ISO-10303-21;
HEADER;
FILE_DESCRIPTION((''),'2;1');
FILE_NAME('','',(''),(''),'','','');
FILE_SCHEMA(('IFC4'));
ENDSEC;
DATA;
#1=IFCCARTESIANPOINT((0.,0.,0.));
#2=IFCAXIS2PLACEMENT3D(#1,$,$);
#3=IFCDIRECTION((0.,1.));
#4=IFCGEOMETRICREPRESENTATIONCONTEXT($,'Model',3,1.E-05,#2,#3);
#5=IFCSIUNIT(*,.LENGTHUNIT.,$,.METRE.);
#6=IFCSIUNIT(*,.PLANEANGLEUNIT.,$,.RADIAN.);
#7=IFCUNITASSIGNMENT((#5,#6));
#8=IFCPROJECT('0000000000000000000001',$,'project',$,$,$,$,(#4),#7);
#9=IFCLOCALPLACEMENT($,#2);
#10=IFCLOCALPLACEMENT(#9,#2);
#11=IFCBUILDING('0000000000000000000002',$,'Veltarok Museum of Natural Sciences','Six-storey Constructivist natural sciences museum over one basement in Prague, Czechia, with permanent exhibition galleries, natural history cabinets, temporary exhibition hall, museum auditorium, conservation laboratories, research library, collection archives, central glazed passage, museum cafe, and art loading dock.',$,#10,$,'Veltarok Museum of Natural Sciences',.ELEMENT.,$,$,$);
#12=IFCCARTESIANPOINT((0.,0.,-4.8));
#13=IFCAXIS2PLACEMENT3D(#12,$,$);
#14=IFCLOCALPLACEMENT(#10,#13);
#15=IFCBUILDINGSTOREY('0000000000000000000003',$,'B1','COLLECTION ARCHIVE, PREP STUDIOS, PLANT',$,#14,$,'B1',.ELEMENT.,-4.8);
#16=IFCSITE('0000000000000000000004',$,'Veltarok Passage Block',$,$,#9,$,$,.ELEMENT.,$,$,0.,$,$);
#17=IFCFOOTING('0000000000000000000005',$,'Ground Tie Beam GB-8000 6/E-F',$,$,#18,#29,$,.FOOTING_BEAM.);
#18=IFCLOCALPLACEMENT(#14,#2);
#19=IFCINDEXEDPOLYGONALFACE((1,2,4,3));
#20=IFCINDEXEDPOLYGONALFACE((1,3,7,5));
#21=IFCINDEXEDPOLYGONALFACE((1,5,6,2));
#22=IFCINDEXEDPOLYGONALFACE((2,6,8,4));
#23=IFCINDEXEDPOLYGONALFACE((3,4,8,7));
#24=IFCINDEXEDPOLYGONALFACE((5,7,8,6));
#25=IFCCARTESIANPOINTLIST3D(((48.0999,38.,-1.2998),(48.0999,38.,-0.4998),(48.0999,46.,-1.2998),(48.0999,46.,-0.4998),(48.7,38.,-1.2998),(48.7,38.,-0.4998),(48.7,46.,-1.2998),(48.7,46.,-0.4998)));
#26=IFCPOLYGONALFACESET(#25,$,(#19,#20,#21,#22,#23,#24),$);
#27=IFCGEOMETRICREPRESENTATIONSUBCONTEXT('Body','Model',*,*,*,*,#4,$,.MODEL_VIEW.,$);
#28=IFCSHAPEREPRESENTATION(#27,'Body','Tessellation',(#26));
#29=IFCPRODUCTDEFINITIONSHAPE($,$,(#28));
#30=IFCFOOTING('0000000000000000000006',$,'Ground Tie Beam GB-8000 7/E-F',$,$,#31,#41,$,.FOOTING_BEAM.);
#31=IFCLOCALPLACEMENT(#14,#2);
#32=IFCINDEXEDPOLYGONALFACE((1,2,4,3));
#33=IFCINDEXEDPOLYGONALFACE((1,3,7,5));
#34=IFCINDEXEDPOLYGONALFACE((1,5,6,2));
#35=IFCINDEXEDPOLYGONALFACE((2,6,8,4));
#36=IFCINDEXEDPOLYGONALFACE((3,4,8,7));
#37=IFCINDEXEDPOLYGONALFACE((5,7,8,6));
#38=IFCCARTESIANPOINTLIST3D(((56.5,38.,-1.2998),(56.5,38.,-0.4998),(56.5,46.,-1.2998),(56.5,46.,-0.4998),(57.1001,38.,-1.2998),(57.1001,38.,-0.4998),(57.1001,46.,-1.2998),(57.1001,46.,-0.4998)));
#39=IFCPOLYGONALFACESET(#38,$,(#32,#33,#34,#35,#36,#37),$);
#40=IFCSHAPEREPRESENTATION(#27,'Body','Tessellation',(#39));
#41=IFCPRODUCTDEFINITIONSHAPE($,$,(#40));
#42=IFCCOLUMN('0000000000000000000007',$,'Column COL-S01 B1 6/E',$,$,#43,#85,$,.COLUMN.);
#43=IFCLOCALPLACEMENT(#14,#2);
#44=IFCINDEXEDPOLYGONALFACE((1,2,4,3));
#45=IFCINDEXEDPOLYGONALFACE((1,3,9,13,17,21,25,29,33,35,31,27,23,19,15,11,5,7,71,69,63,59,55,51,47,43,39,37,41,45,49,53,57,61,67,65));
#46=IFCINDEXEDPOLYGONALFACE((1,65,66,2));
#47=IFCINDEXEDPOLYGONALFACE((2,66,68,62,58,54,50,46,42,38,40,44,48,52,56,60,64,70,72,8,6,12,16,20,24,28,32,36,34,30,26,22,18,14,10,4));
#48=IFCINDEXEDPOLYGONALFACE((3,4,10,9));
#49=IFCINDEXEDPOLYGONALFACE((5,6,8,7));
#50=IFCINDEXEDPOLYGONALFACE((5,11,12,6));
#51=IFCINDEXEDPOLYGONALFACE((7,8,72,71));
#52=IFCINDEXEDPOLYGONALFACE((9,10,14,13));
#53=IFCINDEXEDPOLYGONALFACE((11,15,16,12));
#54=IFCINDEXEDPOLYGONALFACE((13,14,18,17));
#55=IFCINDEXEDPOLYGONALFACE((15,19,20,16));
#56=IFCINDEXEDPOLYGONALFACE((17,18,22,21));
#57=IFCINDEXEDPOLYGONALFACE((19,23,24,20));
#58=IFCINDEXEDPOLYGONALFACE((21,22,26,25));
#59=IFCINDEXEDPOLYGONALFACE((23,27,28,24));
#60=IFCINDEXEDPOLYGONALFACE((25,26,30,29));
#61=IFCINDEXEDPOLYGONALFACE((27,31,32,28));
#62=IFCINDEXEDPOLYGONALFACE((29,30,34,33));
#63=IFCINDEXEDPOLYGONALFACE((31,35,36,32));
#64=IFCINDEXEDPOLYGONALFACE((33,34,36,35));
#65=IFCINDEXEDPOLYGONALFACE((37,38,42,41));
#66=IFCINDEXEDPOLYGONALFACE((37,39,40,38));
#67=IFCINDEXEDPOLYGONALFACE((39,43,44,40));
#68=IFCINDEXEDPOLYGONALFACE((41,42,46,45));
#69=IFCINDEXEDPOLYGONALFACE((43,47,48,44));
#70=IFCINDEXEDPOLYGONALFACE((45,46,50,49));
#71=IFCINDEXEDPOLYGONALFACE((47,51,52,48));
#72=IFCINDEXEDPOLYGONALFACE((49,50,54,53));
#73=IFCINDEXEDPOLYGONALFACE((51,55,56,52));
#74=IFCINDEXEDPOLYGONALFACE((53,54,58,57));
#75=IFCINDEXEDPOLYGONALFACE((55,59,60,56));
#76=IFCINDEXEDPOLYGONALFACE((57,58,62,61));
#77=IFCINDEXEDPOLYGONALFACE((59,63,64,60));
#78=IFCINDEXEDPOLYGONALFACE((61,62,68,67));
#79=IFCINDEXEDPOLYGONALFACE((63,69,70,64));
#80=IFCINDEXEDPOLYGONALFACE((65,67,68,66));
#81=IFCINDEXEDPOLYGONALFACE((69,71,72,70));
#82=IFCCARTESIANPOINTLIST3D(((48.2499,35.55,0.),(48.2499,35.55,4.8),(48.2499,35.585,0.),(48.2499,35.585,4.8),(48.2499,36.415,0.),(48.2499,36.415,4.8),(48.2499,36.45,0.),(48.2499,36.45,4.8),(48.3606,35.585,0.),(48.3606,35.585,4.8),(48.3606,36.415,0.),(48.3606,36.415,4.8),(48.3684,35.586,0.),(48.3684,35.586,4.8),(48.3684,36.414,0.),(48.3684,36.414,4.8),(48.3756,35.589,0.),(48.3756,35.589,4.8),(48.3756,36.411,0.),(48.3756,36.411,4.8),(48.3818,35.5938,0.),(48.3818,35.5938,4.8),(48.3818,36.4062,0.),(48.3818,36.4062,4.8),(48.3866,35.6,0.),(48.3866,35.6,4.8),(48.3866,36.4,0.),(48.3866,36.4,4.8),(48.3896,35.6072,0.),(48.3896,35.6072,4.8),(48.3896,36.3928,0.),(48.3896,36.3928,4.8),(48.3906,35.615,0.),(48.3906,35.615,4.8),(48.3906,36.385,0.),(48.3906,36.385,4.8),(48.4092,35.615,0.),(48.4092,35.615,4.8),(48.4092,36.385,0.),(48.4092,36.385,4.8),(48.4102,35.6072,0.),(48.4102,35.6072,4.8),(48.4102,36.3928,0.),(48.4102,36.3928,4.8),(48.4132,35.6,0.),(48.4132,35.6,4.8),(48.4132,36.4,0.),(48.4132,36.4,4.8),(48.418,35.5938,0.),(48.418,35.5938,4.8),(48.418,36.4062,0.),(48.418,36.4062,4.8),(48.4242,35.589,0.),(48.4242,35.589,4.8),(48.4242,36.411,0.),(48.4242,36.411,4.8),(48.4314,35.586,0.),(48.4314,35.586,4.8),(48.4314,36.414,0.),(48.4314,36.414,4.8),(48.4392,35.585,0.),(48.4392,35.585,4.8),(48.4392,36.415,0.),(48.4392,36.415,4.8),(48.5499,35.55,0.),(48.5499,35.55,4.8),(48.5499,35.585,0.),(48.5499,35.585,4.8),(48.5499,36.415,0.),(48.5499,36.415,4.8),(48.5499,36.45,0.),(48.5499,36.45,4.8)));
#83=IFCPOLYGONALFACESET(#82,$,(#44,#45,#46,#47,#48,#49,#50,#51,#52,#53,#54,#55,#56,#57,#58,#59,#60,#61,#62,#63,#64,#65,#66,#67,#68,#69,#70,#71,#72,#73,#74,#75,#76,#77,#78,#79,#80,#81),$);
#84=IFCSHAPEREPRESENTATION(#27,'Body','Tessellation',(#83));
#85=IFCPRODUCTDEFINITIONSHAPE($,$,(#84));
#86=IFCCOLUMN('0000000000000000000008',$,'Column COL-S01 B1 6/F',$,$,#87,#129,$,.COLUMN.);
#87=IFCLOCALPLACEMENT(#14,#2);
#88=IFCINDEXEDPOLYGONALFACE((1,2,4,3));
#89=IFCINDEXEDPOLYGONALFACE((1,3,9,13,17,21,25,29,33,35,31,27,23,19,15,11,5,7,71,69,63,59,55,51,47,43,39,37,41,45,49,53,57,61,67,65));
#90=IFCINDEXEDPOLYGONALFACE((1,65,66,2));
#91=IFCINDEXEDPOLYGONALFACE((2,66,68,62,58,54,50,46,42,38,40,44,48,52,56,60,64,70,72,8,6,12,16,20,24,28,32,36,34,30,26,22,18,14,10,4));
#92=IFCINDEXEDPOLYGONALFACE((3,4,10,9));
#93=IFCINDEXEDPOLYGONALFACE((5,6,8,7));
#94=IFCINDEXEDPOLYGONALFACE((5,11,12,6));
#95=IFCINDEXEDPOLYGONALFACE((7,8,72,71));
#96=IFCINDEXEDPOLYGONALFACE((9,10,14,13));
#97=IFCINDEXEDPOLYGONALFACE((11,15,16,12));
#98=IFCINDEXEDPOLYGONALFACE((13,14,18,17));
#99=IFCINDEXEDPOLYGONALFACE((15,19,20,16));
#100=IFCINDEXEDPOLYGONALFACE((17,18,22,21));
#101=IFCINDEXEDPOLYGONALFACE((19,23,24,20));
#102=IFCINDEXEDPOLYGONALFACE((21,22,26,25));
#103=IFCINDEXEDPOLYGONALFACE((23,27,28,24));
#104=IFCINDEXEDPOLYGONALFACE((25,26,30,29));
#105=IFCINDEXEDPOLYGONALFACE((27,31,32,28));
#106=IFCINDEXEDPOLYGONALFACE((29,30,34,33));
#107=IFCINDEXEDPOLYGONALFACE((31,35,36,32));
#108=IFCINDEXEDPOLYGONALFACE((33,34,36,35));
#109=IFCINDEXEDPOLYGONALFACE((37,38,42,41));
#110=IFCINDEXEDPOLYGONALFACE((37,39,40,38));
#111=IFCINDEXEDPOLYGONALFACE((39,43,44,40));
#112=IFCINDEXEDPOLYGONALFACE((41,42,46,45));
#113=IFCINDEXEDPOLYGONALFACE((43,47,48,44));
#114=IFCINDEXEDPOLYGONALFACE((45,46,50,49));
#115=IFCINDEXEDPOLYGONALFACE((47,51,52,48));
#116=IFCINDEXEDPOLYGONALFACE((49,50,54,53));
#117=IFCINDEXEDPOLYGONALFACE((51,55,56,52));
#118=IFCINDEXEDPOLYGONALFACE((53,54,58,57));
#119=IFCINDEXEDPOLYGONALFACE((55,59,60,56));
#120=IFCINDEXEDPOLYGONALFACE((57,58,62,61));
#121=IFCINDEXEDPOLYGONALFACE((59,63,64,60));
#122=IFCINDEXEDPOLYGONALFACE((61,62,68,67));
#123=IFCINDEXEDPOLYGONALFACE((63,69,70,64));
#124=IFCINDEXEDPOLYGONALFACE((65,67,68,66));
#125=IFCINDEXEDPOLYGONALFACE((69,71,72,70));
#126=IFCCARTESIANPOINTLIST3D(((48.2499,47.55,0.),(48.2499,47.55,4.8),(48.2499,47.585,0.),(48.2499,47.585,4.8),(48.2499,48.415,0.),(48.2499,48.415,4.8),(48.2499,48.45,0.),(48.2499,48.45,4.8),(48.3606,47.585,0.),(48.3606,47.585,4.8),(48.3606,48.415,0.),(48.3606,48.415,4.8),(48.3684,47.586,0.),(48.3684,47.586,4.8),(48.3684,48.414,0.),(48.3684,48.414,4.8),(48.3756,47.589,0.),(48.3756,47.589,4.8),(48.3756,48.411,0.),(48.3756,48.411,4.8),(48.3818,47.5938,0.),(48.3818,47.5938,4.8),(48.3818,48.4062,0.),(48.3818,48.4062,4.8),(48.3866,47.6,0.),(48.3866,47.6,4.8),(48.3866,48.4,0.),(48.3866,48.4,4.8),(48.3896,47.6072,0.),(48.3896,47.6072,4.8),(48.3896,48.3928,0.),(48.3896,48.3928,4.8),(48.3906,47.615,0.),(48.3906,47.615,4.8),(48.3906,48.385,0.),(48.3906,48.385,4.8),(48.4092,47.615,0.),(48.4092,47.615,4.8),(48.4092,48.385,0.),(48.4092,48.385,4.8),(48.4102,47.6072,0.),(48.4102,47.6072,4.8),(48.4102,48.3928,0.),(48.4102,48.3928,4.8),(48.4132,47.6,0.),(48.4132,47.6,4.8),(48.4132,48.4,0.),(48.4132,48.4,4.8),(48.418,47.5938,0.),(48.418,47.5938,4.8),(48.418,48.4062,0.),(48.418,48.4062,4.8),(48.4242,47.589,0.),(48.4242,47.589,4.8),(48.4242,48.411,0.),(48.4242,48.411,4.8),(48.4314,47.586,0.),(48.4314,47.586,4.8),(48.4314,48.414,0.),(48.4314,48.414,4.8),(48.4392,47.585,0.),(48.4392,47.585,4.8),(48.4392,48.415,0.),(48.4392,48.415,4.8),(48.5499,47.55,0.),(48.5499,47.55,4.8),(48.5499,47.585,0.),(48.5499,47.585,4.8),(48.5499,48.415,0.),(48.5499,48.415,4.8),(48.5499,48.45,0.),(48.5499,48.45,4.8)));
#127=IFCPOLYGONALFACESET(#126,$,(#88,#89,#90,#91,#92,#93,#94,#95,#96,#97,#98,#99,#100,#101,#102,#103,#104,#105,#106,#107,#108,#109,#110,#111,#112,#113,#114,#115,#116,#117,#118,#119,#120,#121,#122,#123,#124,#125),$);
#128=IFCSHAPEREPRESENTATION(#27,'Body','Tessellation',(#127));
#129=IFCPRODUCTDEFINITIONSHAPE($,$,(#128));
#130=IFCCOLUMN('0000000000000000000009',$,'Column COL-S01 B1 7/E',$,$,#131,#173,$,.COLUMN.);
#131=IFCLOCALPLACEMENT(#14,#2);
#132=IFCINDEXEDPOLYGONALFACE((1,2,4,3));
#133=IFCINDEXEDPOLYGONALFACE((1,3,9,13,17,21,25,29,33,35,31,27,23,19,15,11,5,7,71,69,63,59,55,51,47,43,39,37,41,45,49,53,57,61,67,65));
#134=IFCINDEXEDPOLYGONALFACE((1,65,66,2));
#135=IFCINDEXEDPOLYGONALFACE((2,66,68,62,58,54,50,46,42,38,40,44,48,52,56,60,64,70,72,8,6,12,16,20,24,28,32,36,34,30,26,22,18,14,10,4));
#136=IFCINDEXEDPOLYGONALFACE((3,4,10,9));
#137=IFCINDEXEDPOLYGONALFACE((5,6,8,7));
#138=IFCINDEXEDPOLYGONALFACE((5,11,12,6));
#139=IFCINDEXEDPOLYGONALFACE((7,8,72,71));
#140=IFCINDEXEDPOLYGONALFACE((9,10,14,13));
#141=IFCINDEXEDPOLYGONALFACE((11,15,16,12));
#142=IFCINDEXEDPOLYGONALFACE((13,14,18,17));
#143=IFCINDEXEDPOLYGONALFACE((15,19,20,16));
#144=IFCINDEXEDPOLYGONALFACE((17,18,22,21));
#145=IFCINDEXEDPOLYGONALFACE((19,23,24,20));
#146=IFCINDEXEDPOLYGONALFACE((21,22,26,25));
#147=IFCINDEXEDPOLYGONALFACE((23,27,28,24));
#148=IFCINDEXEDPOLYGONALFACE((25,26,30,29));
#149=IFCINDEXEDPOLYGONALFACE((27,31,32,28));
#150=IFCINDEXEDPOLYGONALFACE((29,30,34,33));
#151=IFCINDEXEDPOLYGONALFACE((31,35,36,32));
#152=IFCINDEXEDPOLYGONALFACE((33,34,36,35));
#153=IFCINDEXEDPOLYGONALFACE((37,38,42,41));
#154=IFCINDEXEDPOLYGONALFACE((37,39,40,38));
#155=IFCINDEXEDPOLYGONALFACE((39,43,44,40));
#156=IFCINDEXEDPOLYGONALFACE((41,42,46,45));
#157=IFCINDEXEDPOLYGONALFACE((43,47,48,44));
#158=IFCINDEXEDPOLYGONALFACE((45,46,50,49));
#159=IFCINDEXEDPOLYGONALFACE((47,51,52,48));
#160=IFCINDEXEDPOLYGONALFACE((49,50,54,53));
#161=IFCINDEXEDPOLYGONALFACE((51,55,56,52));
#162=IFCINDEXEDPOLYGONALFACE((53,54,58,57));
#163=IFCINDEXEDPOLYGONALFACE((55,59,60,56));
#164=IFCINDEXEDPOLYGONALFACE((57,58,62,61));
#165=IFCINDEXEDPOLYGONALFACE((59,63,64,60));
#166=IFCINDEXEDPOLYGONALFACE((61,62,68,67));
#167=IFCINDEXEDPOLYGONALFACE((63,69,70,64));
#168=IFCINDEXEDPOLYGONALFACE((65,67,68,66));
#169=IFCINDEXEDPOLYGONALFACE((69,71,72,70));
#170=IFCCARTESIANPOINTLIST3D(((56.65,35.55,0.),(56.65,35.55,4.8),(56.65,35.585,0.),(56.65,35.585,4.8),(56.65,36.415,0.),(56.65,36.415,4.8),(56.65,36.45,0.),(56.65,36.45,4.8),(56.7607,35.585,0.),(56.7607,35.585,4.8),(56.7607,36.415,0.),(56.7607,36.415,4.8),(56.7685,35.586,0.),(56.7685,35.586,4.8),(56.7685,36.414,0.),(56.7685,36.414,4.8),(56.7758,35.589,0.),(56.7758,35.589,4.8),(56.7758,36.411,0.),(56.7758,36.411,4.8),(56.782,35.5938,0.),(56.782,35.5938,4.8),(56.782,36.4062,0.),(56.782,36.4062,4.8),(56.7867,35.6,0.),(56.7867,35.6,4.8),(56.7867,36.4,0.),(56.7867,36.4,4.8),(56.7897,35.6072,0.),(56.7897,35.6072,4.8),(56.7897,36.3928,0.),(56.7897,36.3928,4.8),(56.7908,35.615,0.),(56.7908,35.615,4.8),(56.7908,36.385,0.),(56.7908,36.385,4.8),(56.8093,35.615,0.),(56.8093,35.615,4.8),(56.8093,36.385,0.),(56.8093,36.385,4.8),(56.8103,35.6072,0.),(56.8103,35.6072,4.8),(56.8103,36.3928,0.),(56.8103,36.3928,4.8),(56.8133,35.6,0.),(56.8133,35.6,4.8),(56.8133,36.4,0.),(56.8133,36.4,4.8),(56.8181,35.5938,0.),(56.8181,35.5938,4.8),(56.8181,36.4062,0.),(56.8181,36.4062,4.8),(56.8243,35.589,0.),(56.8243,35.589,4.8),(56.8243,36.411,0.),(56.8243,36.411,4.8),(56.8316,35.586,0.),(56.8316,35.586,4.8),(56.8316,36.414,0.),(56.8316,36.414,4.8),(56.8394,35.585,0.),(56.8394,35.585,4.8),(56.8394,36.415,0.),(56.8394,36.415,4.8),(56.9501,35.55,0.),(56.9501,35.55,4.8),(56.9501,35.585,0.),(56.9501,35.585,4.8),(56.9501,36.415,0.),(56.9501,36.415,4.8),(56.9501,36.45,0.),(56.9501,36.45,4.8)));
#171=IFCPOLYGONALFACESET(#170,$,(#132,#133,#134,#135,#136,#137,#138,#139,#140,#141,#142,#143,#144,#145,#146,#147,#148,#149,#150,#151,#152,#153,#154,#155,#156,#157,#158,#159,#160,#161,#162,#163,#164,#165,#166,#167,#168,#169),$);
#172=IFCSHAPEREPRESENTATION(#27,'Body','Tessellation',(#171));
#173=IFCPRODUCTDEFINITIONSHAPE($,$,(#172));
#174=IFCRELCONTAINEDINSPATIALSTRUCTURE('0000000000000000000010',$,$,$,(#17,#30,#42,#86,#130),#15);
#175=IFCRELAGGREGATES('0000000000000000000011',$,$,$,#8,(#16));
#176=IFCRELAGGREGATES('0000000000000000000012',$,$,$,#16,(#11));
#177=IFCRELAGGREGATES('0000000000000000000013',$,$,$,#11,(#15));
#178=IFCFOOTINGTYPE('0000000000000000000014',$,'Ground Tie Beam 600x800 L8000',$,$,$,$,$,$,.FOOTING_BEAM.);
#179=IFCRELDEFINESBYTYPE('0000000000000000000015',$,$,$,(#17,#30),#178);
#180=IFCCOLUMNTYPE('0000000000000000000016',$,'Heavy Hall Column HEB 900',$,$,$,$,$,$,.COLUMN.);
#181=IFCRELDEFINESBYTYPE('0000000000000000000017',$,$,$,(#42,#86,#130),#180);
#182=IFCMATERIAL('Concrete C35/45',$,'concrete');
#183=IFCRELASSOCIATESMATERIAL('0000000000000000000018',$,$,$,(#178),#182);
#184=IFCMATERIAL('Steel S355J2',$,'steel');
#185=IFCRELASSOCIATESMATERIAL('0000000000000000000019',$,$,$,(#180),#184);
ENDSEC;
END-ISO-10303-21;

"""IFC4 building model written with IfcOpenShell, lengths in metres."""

from ifc_helpers import new_model, si_unit, direction, frame, origin, origin_2d, place, context, subcontext, project, spatial, rectangle, i_section, extrude, material, material_profile, profile_set, type_object, element, save


model = new_model("IFC4")

# Units and contexts
model_context = context("Model", 3, precision=1e-05, world=origin(), true_north=direction((0.0, 1.0)))
body_context = subcontext(model_context, "Body", "Model", "MODEL_VIEW")
ifc_project = project(units=[si_unit("LENGTHUNIT", "METRE"), si_unit("PLANEANGLEUNIT", "RADIAN")], contexts=[model_context])

# Site, building, storey
site_placement = place(None, origin())
site = spatial("IfcSite", under=ifc_project, at=site_placement, Name="Veltarok Passage Block", CompositionType="ELEMENT", RefElevation=0.0)
building_placement = place(site_placement, origin())
building = spatial("IfcBuilding", under=site, at=building_placement, Name="Veltarok Museum of Natural Sciences", Description="Six-storey Constructivist natural sciences museum over one basement in Prague, Czechia, with permanent exhibition galleries, natural history cabinets, temporary exhibition hall, museum auditorium, conservation laboratories, research library, collection archives, central glazed passage, museum cafe, and art loading dock.", LongName="Veltarok Museum of Natural Sciences", CompositionType="ELEMENT")
storey_placement = place(building_placement, frame((0.0, 0.0, -4.8)))
storey = spatial("IfcBuildingStorey", under=building, at=storey_placement, Name="B1", Description="COLLECTION ARCHIVE, PREP STUDIOS, PLANT", LongName="B1", CompositionType="ELEMENT", Elevation=-4.8)

# Shared definitions
ifc_material_1 = material(Name="Concrete C35/45", Category="concrete")

# Footings
footing_type_1 = type_object("IfcFootingType", Name="Ground Tie Beam 600x800 L8000", PredefinedType="FOOTING_BEAM", material=ifc_material_1)
for number, where, z_axis, x_axis, name in (
    (1, (48.3999, 42.0, -1.2998), (0.0, 0.0, 1.0), (0.0, 1.0, 0.0), "Ground Tie Beam GB-8000 6/E-F"),
    (2, (56.8, 42.0, -1.2998), (0.0, 0.0, 1.0), (0.0, 1.0, 0.0), "Ground Tie Beam GB-8000 7/E-F"),
):
    element("IfcFooting", number, at=place(storey_placement, frame(where, z_axis=z_axis, x_axis=x_axis)), inside=storey, type_object=footing_type_1, Name=name, PredefinedType="FOOTING_BEAM", context=body_context, shape_type="SweptSolid", body=[
        extrude(rectangle(XDim=8.0, YDim=0.6001, at=origin_2d()), origin(), (0.0, 0.0, 1.0), 0.8),
    ])

# Columns
ifc_material_2 = material(Name="Steel S355J2", Category="steel")
ifc_material_profile_1 = material_profile(ifc_material_2, i_section(OverallWidth=0.3, OverallDepth=0.8999, WebThickness=0.0186, FlangeThickness=0.0349, FilletRadius=0.03, at=origin_2d()), Name="HEB 900")
ifc_profile_set_1 = profile_set([ifc_material_profile_1], Name="Steel S355J2")
column_type = type_object("IfcColumnType", Name="Heavy Hall Column HEB 900", PredefinedType="COLUMN", material=ifc_profile_set_1)
for number, where, z_axis, x_axis, name in (
    (3, (48.3999, 36.0, 0.0), (0.0, 0.0, 1.0), (1.0, 0.0, 0.0), "Column COL-S01 B1 6/E"),
    (4, (48.3999, 48.0, 0.0), (0.0, 0.0, 1.0), (1.0, 0.0, 0.0), "Column COL-S01 B1 6/F"),
    (5, (56.8, 36.0, 0.0), (0.0, 0.0, 1.0), (1.0, 0.0, 0.0), "Column COL-S01 B1 7/E"),
):
    element("IfcColumn", number, at=place(storey_placement, frame(where, z_axis=z_axis, x_axis=x_axis)), inside=storey, type_object=column_type, Name=name, PredefinedType="COLUMN", context=body_context, shape_type="SweptSolid", body=[
        extrude(i_section(OverallWidth=0.3, OverallDepth=0.8999, WebThickness=0.0186, FlangeThickness=0.0349, FilletRadius=0.03, at=origin_2d()), origin(), (0.0, 0.0, 1.0), 4.8),
    ])

save(model, "model.ifc")
